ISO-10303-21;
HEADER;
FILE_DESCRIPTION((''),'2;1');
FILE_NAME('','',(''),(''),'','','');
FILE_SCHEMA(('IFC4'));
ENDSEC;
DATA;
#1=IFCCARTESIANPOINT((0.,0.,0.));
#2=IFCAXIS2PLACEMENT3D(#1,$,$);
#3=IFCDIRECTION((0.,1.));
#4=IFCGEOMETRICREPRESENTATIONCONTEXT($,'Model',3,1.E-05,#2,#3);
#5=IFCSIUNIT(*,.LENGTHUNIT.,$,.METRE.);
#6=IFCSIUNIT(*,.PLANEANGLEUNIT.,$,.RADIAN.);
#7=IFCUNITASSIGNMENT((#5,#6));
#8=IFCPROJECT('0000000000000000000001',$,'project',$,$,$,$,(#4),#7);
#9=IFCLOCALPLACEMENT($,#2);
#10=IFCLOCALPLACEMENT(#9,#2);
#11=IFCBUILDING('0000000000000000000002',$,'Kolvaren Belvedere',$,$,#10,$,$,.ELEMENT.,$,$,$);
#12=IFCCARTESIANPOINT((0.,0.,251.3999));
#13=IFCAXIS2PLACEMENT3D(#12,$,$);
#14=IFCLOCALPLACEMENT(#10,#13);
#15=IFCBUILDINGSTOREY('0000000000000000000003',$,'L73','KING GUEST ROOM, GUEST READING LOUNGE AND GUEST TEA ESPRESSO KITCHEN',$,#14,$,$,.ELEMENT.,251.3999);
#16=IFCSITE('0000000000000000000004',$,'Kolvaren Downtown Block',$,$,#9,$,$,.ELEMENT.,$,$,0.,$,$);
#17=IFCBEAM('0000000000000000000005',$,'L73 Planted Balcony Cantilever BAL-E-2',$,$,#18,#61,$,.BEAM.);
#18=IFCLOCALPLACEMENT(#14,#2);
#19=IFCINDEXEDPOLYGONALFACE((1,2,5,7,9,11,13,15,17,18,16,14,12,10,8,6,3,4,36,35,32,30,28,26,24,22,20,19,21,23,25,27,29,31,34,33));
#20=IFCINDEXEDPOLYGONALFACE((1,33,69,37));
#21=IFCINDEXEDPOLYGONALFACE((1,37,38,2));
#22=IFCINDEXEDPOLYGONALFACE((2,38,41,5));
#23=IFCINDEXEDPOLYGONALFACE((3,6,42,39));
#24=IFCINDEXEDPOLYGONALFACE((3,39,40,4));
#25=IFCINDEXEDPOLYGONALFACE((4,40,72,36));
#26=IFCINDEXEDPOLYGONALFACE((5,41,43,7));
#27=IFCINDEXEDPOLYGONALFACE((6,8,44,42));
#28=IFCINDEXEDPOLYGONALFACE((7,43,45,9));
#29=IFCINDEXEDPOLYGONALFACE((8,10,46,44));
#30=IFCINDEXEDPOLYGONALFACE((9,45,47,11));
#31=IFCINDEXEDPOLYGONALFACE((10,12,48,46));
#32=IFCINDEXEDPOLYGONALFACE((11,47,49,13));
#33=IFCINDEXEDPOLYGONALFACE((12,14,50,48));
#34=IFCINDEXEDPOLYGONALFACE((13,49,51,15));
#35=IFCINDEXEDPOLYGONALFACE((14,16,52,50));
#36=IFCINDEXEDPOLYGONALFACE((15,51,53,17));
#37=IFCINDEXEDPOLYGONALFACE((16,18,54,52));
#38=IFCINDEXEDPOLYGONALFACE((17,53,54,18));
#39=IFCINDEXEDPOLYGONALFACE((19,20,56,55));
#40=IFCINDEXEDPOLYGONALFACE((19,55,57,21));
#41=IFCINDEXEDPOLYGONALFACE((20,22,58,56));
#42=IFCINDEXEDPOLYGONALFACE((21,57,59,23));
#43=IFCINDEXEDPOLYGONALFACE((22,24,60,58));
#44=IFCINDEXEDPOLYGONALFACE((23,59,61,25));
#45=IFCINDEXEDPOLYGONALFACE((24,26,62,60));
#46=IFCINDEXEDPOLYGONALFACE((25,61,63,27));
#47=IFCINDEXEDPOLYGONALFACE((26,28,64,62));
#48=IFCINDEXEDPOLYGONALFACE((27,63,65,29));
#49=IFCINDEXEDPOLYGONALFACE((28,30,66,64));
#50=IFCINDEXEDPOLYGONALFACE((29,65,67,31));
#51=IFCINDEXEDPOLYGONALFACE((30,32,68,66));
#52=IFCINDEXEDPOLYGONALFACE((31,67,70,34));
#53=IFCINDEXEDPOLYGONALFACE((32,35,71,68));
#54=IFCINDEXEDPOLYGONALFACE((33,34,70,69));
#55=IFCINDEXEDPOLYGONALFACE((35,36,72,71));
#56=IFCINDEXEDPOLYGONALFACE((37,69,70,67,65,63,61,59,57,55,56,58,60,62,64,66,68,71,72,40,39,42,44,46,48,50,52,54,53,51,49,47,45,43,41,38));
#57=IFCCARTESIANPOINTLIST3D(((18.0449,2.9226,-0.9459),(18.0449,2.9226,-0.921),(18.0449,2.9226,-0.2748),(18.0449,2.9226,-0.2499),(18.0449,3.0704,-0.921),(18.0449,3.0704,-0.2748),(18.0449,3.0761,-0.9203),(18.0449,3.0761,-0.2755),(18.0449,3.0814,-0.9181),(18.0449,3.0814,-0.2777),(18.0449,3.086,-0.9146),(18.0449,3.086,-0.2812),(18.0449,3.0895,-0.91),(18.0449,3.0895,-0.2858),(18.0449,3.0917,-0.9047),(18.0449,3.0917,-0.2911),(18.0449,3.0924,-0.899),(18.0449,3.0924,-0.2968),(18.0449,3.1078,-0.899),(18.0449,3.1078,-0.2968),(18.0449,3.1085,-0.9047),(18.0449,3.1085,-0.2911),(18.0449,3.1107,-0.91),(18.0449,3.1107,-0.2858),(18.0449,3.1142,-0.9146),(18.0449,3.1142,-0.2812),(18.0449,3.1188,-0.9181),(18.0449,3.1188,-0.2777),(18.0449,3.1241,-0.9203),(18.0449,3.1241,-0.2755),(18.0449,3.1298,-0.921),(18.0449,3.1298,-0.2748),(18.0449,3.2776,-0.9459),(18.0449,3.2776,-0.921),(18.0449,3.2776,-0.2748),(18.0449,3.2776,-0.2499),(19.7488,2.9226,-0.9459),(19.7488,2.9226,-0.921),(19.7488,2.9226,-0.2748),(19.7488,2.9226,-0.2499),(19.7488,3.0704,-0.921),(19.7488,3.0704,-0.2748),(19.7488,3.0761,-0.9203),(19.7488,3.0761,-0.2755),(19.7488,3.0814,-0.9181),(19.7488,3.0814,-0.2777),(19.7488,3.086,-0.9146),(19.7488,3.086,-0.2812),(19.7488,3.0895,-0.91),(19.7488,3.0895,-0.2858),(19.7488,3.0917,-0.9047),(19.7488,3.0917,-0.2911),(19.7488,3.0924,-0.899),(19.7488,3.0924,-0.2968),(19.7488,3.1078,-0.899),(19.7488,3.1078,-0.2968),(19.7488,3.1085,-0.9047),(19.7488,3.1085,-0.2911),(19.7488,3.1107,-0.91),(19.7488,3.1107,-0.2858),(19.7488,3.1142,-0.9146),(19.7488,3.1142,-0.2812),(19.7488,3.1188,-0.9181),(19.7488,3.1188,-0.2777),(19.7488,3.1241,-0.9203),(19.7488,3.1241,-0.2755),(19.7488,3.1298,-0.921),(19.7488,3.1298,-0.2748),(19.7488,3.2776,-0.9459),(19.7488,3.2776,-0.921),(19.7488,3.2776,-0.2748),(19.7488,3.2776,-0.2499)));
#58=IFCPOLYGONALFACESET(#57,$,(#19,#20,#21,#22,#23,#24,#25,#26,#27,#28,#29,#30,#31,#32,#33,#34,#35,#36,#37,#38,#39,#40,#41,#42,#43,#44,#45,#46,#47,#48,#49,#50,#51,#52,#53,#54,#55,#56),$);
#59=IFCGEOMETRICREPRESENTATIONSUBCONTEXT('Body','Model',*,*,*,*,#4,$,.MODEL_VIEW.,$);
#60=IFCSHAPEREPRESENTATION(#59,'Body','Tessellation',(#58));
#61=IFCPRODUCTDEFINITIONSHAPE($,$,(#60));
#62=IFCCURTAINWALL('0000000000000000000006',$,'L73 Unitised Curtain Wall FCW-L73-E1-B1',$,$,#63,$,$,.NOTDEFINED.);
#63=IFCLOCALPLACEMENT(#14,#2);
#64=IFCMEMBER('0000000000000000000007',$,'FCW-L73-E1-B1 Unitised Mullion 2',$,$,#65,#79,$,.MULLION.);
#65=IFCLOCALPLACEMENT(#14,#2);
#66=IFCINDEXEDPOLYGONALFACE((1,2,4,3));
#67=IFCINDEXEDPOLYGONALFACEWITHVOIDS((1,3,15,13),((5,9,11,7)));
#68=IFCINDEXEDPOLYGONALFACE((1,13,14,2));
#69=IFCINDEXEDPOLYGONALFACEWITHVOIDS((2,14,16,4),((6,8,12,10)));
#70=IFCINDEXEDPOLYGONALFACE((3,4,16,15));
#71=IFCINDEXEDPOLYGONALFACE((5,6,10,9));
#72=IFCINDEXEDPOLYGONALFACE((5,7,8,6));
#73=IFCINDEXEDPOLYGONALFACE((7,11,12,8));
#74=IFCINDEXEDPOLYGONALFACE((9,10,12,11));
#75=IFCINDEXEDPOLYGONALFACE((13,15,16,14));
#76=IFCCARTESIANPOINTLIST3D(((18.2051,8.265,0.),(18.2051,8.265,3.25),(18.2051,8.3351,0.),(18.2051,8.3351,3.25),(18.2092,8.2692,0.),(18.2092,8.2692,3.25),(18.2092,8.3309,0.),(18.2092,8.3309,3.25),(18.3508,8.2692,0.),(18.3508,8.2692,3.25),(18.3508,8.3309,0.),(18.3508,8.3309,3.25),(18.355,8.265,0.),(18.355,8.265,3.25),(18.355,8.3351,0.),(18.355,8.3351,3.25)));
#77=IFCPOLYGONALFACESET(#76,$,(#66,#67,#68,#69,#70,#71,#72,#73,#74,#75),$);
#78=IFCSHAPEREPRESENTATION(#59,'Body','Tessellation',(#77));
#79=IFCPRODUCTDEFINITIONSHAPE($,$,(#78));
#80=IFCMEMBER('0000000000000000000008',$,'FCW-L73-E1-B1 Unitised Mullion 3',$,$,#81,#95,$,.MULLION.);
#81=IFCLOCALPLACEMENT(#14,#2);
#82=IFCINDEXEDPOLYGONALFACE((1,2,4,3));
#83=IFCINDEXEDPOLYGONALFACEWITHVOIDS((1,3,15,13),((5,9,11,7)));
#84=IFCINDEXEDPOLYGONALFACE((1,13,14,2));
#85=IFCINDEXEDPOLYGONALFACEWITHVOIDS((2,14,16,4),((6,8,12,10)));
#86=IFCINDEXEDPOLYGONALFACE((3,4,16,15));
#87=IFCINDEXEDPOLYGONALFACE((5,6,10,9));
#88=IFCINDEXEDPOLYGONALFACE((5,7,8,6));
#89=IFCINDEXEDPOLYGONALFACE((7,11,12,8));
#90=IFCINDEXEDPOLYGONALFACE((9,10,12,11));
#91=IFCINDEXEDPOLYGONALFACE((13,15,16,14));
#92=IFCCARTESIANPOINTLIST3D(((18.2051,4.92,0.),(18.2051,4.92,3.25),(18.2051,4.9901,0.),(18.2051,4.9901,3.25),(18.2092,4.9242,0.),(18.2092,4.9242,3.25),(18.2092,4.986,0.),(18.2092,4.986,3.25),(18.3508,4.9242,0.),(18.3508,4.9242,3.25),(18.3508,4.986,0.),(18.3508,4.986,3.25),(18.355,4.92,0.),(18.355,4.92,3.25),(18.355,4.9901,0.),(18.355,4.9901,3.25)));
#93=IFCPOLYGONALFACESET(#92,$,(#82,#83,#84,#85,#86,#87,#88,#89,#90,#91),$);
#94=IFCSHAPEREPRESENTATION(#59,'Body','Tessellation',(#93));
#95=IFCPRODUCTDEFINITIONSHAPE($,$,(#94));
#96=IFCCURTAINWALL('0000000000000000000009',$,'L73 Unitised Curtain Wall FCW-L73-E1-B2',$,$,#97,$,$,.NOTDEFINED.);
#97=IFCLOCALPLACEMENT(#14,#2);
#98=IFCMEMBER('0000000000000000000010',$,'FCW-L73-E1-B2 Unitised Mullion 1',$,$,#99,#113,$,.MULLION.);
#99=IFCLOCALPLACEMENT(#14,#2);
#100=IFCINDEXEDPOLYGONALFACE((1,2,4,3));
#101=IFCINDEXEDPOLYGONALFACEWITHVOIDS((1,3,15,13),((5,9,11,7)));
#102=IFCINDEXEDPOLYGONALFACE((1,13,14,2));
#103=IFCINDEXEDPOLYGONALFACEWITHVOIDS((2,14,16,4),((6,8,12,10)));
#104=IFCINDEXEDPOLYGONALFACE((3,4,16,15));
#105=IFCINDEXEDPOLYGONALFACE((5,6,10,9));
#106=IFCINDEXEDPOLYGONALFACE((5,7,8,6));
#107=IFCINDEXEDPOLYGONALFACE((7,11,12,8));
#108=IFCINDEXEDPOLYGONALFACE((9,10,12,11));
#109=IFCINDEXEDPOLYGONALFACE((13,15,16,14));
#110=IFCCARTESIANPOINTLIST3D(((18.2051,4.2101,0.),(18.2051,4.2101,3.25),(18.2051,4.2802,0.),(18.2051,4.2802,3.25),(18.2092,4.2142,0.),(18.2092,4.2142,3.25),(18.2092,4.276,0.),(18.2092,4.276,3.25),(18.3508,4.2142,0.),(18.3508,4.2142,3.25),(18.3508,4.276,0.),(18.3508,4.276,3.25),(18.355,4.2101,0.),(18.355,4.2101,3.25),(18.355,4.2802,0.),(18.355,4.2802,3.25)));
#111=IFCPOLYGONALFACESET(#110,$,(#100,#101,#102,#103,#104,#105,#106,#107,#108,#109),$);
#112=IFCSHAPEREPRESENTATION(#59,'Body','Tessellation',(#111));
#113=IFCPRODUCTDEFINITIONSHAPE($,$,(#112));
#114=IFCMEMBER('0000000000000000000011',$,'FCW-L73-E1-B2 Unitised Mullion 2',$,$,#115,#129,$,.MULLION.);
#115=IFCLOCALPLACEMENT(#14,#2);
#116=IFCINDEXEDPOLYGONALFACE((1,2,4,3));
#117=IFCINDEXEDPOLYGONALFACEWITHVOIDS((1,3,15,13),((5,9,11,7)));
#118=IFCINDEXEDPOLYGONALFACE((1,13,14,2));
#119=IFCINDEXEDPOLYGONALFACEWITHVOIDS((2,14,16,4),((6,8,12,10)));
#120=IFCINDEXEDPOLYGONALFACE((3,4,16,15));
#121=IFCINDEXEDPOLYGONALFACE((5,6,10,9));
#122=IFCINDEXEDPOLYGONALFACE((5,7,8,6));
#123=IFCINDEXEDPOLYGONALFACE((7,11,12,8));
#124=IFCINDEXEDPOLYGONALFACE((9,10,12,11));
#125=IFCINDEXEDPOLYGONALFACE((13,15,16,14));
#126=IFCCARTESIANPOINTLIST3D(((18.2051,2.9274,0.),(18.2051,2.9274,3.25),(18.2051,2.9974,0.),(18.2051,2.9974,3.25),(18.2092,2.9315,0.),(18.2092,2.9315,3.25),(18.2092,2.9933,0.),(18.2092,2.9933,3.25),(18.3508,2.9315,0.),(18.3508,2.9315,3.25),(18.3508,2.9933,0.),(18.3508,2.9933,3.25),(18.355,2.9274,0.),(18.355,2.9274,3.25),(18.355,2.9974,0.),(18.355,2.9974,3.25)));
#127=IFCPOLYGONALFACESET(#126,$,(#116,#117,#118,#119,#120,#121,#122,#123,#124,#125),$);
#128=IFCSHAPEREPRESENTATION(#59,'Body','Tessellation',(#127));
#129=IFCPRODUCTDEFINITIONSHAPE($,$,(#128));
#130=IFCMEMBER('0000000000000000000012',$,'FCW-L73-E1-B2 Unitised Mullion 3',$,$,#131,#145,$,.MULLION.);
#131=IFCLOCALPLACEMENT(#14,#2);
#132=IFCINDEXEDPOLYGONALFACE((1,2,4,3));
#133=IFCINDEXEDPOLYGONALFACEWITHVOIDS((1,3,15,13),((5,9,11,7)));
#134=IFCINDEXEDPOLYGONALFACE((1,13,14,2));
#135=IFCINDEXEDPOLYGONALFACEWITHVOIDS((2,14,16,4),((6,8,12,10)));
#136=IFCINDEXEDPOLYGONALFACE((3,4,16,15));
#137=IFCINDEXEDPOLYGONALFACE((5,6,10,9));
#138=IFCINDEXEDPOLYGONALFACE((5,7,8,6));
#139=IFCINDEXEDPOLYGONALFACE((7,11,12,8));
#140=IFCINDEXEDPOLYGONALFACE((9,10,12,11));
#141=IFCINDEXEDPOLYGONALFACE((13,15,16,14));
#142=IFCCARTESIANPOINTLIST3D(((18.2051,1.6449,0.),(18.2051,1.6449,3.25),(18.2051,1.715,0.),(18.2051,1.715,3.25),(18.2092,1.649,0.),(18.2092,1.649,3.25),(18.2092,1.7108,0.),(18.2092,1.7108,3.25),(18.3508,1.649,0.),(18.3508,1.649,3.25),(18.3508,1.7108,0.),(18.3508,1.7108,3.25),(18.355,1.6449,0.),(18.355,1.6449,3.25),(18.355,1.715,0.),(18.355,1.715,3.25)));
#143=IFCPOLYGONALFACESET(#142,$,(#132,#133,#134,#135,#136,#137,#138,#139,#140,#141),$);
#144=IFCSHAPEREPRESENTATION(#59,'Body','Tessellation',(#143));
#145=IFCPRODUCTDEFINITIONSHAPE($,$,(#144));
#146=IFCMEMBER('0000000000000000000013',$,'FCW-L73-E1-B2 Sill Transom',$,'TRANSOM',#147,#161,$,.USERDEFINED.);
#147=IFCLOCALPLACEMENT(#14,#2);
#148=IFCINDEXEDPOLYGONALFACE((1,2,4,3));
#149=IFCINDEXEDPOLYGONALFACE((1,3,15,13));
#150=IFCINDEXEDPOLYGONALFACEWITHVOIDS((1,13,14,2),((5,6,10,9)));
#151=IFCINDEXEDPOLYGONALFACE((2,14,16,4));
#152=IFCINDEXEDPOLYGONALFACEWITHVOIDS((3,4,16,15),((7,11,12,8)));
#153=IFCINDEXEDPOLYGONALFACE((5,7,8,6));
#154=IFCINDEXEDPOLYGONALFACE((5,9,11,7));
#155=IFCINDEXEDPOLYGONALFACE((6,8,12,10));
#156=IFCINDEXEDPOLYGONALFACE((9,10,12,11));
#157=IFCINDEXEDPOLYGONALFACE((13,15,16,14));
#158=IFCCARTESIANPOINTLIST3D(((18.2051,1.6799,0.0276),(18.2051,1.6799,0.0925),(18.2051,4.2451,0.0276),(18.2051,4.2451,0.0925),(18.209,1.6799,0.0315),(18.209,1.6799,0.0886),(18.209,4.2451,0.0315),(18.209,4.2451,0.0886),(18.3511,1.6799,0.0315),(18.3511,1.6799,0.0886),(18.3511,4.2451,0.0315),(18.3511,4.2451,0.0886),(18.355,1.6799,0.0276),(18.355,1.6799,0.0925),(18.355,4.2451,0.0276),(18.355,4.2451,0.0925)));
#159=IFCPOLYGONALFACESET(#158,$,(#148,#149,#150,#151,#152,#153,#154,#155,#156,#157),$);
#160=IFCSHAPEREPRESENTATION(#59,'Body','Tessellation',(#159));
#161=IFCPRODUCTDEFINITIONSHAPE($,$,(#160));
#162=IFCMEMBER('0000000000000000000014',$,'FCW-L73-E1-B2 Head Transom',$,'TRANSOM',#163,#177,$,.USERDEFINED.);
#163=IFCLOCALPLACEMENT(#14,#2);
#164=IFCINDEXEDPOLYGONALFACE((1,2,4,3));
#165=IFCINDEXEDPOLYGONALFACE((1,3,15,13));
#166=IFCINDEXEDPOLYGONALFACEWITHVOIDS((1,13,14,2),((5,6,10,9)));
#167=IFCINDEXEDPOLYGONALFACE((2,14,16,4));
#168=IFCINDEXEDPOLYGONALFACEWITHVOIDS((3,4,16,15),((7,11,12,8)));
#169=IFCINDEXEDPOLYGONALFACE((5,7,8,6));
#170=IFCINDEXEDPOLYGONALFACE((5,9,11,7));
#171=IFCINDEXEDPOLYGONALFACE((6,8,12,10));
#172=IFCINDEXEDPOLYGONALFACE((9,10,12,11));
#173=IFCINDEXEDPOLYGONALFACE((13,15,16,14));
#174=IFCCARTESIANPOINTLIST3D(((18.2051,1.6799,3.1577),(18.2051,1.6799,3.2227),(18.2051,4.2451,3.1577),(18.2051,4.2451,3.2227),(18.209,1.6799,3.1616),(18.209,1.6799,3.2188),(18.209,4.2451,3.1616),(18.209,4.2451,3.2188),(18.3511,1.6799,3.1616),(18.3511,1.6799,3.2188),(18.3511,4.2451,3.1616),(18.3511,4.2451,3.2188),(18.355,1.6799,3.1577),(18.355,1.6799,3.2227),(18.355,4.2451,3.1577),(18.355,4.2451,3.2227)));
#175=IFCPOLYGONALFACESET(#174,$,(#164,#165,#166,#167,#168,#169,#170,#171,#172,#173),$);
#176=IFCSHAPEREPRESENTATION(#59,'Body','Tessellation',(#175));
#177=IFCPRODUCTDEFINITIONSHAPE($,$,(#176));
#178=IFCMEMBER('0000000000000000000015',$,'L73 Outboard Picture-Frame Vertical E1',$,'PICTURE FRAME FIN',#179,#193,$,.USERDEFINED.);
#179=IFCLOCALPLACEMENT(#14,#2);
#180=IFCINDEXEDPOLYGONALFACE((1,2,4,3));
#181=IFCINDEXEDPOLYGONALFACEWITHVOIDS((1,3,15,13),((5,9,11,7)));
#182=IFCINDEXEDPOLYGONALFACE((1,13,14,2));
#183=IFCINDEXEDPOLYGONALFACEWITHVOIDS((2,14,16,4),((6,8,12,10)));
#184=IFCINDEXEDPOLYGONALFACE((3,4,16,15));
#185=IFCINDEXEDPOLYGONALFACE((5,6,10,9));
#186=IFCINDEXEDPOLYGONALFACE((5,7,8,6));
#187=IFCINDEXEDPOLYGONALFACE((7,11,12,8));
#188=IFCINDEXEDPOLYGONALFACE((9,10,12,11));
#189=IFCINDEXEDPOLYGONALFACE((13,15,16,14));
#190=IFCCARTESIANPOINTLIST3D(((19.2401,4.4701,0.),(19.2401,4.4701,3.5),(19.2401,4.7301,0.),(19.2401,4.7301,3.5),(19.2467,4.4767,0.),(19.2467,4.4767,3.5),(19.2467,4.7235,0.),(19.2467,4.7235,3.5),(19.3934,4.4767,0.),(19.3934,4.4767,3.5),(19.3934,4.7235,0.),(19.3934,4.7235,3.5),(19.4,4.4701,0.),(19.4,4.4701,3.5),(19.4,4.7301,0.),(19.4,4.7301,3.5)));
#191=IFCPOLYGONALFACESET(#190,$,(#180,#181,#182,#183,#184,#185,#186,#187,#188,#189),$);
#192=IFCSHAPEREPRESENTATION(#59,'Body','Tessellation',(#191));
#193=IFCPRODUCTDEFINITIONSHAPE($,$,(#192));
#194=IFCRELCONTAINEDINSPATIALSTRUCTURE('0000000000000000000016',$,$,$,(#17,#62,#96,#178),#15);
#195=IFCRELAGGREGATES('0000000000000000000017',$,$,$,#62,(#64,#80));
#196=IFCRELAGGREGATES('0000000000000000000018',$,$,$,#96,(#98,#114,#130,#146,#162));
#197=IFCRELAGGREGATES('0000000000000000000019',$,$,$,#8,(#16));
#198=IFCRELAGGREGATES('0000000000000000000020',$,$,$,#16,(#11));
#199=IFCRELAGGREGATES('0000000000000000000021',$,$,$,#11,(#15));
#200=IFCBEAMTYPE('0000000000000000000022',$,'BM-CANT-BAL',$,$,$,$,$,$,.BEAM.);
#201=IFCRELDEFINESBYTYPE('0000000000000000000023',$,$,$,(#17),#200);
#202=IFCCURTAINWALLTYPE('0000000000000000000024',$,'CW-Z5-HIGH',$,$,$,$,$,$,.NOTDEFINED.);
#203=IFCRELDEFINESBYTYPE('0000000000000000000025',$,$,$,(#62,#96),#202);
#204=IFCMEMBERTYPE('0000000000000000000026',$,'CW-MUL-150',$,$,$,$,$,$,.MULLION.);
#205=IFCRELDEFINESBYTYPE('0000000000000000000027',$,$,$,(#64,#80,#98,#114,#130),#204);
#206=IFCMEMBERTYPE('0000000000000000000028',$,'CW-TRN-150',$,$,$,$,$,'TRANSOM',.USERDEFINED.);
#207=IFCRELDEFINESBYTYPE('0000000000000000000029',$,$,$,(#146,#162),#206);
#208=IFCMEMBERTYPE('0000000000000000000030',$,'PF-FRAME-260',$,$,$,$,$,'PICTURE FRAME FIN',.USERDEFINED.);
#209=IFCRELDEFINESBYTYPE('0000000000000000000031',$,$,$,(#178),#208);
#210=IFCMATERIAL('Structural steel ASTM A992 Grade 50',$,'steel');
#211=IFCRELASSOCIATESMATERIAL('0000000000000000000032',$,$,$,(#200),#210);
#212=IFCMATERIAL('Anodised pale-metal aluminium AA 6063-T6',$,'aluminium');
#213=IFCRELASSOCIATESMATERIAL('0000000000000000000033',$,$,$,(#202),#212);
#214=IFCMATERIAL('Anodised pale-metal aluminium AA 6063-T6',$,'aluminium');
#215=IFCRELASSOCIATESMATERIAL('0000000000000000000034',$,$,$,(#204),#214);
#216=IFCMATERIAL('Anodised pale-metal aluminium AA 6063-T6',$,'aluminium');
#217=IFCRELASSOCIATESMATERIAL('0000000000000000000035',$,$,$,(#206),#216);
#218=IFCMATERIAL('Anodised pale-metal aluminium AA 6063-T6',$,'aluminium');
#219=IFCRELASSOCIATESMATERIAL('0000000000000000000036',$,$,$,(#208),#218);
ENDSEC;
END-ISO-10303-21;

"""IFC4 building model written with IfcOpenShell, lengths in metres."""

from ifc_helpers import new_model, si_unit, direction, frame, origin, origin_2d, place, context, subcontext, project, spatial, hollow_rectangle, i_section, extrude, material, material_profile, profile_set, type_object, element, aggregate, save


model = new_model("IFC4")

# Units and contexts
model_context = context("Model", 3, precision=1e-05, world=origin(), true_north=direction((0.0, 1.0)))
body_context = subcontext(model_context, "Body", "Model", "MODEL_VIEW")
ifc_project = project(units=[si_unit("LENGTHUNIT", "METRE"), si_unit("PLANEANGLEUNIT", "RADIAN")], contexts=[model_context])

# Site, building, storey
site_placement = place(None, origin())
site = spatial("IfcSite", under=ifc_project, at=site_placement, Name="Kolvaren Downtown Block", CompositionType="ELEMENT", RefElevation=0.0)
building_placement = place(site_placement, origin())
building = spatial("IfcBuilding", under=site, at=building_placement, Name="Kolvaren Belvedere", CompositionType="ELEMENT")
storey_placement = place(building_placement, frame((0.0, 0.0, 251.3999)))
storey = spatial("IfcBuildingStorey", under=building, at=storey_placement, Name="L73", Description="KING GUEST ROOM, GUEST READING LOUNGE AND GUEST TEA ESPRESSO KITCHEN", CompositionType="ELEMENT", Elevation=251.3999)

# Beam
ifc_material_1 = material(Name="Structural steel ASTM A992 Grade 50", Category="steel")
ifc_material_profile_1 = material_profile(ifc_material_1, i_section(OverallWidth=0.355, OverallDepth=0.696, WebThickness=0.0154, FlangeThickness=0.0249, FilletRadius=0.022, at=origin_2d()), Name="W27X146")
ifc_profile_set_1 = profile_set([ifc_material_profile_1], Name="Structural steel ASTM A992 Grade 50")
beam_type = type_object("IfcBeamType", Name="BM-CANT-BAL", PredefinedType="BEAM", material=ifc_profile_set_1)
beam_placement = place(storey_placement, frame((18.0449, 3.1001, -0.5979), z_axis=(1.0, 0.0, 0.0), x_axis=(0.0, 1.0, 0.0)))
element("IfcBeam", 1, at=beam_placement, inside=storey, type_object=beam_type, Name="L73 Planted Balcony Cantilever BAL-E-2", PredefinedType="BEAM", context=body_context, shape_type="SweptSolid", body=[
    extrude(i_section(OverallWidth=0.355, OverallDepth=0.696, WebThickness=0.0154, FlangeThickness=0.0249, FilletRadius=0.022, at=origin_2d()), origin(), (0.0, 0.0, 1.0), 1.7039),
])

# Curtain walls, members
ifc_material_2 = material(Name="Anodised pale-metal aluminium AA 6063-T6", Category="aluminium")
curtain_wall_type = type_object("IfcCurtainWallType", Name="CW-Z5-HIGH", PredefinedType="NOTDEFINED", material=ifc_material_2)
curtain_wall_1_placement = place(storey_placement, origin())
curtain_wall_1 = element("IfcCurtainWall", 2, at=curtain_wall_1_placement, inside=storey, type_object=curtain_wall_type, Name="L73 Unitised Curtain Wall FCW-L73-E1-B1", PredefinedType="NOTDEFINED")
ifc_material_3 = material(Name="Anodised pale-metal aluminium AA 6063-T6", Category="aluminium")
ifc_material_profile_2 = material_profile(ifc_material_3, hollow_rectangle(XDim=0.0701, YDim=0.1499, WallThickness=0.0042, at=origin_2d()), Name="ALU-MUL-150X70")
ifc_profile_set_2 = profile_set([ifc_material_profile_2], Name="Anodised pale-metal aluminium AA 6063-T6")
member_type_1 = type_object("IfcMemberType", Name="CW-MUL-150", PredefinedType="MULLION", material=ifc_profile_set_2)
member_1_placement = place(storey_placement, frame((18.28, 8.3, 0.0), z_axis=(0.0, 0.0, 1.0), x_axis=(0.0, 1.0, 0.0)))
member_1 = element("IfcMember", 3, at=member_1_placement, type_object=member_type_1, Name="FCW-L73-E1-B1 Unitised Mullion 2", PredefinedType="MULLION", context=body_context, shape_type="SweptSolid", body=[
    extrude(hollow_rectangle(XDim=0.0701, YDim=0.1499, WallThickness=0.0042, at=origin_2d()), origin(), (0.0, 0.0, 1.0), 3.25),
])
member_2_placement = place(storey_placement, frame((18.28, 4.9551, 0.0), z_axis=(0.0, 0.0, 1.0), x_axis=(0.0, 1.0, 0.0)))
member_2 = element("IfcMember", 4, at=member_2_placement, type_object=member_type_1, Name="FCW-L73-E1-B1 Unitised Mullion 3", PredefinedType="MULLION", context=body_context, shape_type="SweptSolid", body=[
    extrude(hollow_rectangle(XDim=0.0701, YDim=0.1499, WallThickness=0.0042, at=origin_2d()), origin(), (0.0, 0.0, 1.0), 3.25),
])
curtain_wall_2_placement = place(storey_placement, origin())
curtain_wall_2 = element("IfcCurtainWall", 5, at=curtain_wall_2_placement, inside=storey, type_object=curtain_wall_type, Name="L73 Unitised Curtain Wall FCW-L73-E1-B2", PredefinedType="NOTDEFINED")
member_3_placement = place(storey_placement, frame((18.28, 4.2451, 0.0), z_axis=(0.0, 0.0, 1.0), x_axis=(0.0, 1.0, 0.0)))
member_3 = element("IfcMember", 6, at=member_3_placement, type_object=member_type_1, Name="FCW-L73-E1-B2 Unitised Mullion 1", PredefinedType="MULLION", context=body_context, shape_type="SweptSolid", body=[
    extrude(hollow_rectangle(XDim=0.0701, YDim=0.1499, WallThickness=0.0042, at=origin_2d()), origin(), (0.0, 0.0, 1.0), 3.25),
])
member_4_placement = place(storey_placement, frame((18.28, 2.9624, 0.0), z_axis=(0.0, 0.0, 1.0), x_axis=(0.0, 1.0, 0.0)))
member_4 = element("IfcMember", 7, at=member_4_placement, type_object=member_type_1, Name="FCW-L73-E1-B2 Unitised Mullion 2", PredefinedType="MULLION", context=body_context, shape_type="SweptSolid", body=[
    extrude(hollow_rectangle(XDim=0.0701, YDim=0.1499, WallThickness=0.0042, at=origin_2d()), origin(), (0.0, 0.0, 1.0), 3.25),
])
member_5_placement = place(storey_placement, frame((18.28, 1.6799, 0.0), z_axis=(0.0, 0.0, 1.0), x_axis=(0.0, 1.0, 0.0)))
member_5 = element("IfcMember", 8, at=member_5_placement, type_object=member_type_1, Name="FCW-L73-E1-B2 Unitised Mullion 3", PredefinedType="MULLION", context=body_context, shape_type="SweptSolid", body=[
    extrude(hollow_rectangle(XDim=0.0701, YDim=0.1499, WallThickness=0.0042, at=origin_2d()), origin(), (0.0, 0.0, 1.0), 3.25),
])
ifc_material_4 = material(Name="Anodised pale-metal aluminium AA 6063-T6", Category="aluminium")
ifc_material_profile_3 = material_profile(ifc_material_4, hollow_rectangle(XDim=0.0649, YDim=0.1499, WallThickness=0.0039, at=origin_2d()), Name="ALU-TRN-150X65")
ifc_profile_set_3 = profile_set([ifc_material_profile_3], Name="Anodised pale-metal aluminium AA 6063-T6")
member_type_2 = type_object("IfcMemberType", Name="CW-TRN-150", ElementType="TRANSOM", PredefinedType="USERDEFINED", material=ifc_profile_set_3)
member_6_placement = place(storey_placement, frame((18.28, 4.2451, 0.0601), z_axis=(0.0, -1.0, 0.0), x_axis=(0.0, 0.0, 1.0)))
member_6 = element("IfcMember", 9, at=member_6_placement, type_object=member_type_2, Name="FCW-L73-E1-B2 Sill Transom", ObjectType="TRANSOM", PredefinedType="USERDEFINED", context=body_context, shape_type="SweptSolid", body=[
    extrude(hollow_rectangle(XDim=0.0649, YDim=0.1499, WallThickness=0.0039, at=origin_2d()), origin(), (0.0, 0.0, 1.0), 2.5652),
])
member_7_placement = place(storey_placement, frame((18.28, 4.2451, 3.1902), z_axis=(0.0, -1.0, 0.0), x_axis=(0.0, 0.0, 1.0)))
member_7 = element("IfcMember", 10, at=member_7_placement, type_object=member_type_2, Name="FCW-L73-E1-B2 Head Transom", ObjectType="TRANSOM", PredefinedType="USERDEFINED", context=body_context, shape_type="SweptSolid", body=[
    extrude(hollow_rectangle(XDim=0.0649, YDim=0.1499, WallThickness=0.0039, at=origin_2d()), origin(), (0.0, 0.0, 1.0), 2.5652),
])

# Member
ifc_material_5 = material(Name="Anodised pale-metal aluminium AA 6063-T6", Category="aluminium")
ifc_material_profile_4 = material_profile(ifc_material_5, hollow_rectangle(XDim=0.1599, YDim=0.26, WallThickness=0.0066, at=origin_2d()), Name="ALU-PF-260X160")
ifc_profile_set_4 = profile_set([ifc_material_profile_4], Name="Anodised pale-metal aluminium AA 6063-T6")
member_type_3 = type_object("IfcMemberType", Name="PF-FRAME-260", ElementType="PICTURE FRAME FIN", PredefinedType="USERDEFINED", material=ifc_profile_set_4)
member_8_placement = place(storey_placement, frame((19.3201, 4.6001, 0.0), z_axis=(0.0, 0.0, 1.0), x_axis=(1.0, 0.0, 0.0)))
element("IfcMember", 11, at=member_8_placement, inside=storey, type_object=member_type_3, Name="L73 Outboard Picture-Frame Vertical E1", ObjectType="PICTURE FRAME FIN", PredefinedType="USERDEFINED", context=body_context, shape_type="SweptSolid", body=[
    extrude(hollow_rectangle(XDim=0.1599, YDim=0.26, WallThickness=0.0066, at=origin_2d()), origin(), (0.0, 0.0, 1.0), 3.5),
])

aggregate(curtain_wall_1, [member_1, member_2])
aggregate(curtain_wall_2, [member_3, member_4, member_5, member_6, member_7])

save(model, "model.ifc")
